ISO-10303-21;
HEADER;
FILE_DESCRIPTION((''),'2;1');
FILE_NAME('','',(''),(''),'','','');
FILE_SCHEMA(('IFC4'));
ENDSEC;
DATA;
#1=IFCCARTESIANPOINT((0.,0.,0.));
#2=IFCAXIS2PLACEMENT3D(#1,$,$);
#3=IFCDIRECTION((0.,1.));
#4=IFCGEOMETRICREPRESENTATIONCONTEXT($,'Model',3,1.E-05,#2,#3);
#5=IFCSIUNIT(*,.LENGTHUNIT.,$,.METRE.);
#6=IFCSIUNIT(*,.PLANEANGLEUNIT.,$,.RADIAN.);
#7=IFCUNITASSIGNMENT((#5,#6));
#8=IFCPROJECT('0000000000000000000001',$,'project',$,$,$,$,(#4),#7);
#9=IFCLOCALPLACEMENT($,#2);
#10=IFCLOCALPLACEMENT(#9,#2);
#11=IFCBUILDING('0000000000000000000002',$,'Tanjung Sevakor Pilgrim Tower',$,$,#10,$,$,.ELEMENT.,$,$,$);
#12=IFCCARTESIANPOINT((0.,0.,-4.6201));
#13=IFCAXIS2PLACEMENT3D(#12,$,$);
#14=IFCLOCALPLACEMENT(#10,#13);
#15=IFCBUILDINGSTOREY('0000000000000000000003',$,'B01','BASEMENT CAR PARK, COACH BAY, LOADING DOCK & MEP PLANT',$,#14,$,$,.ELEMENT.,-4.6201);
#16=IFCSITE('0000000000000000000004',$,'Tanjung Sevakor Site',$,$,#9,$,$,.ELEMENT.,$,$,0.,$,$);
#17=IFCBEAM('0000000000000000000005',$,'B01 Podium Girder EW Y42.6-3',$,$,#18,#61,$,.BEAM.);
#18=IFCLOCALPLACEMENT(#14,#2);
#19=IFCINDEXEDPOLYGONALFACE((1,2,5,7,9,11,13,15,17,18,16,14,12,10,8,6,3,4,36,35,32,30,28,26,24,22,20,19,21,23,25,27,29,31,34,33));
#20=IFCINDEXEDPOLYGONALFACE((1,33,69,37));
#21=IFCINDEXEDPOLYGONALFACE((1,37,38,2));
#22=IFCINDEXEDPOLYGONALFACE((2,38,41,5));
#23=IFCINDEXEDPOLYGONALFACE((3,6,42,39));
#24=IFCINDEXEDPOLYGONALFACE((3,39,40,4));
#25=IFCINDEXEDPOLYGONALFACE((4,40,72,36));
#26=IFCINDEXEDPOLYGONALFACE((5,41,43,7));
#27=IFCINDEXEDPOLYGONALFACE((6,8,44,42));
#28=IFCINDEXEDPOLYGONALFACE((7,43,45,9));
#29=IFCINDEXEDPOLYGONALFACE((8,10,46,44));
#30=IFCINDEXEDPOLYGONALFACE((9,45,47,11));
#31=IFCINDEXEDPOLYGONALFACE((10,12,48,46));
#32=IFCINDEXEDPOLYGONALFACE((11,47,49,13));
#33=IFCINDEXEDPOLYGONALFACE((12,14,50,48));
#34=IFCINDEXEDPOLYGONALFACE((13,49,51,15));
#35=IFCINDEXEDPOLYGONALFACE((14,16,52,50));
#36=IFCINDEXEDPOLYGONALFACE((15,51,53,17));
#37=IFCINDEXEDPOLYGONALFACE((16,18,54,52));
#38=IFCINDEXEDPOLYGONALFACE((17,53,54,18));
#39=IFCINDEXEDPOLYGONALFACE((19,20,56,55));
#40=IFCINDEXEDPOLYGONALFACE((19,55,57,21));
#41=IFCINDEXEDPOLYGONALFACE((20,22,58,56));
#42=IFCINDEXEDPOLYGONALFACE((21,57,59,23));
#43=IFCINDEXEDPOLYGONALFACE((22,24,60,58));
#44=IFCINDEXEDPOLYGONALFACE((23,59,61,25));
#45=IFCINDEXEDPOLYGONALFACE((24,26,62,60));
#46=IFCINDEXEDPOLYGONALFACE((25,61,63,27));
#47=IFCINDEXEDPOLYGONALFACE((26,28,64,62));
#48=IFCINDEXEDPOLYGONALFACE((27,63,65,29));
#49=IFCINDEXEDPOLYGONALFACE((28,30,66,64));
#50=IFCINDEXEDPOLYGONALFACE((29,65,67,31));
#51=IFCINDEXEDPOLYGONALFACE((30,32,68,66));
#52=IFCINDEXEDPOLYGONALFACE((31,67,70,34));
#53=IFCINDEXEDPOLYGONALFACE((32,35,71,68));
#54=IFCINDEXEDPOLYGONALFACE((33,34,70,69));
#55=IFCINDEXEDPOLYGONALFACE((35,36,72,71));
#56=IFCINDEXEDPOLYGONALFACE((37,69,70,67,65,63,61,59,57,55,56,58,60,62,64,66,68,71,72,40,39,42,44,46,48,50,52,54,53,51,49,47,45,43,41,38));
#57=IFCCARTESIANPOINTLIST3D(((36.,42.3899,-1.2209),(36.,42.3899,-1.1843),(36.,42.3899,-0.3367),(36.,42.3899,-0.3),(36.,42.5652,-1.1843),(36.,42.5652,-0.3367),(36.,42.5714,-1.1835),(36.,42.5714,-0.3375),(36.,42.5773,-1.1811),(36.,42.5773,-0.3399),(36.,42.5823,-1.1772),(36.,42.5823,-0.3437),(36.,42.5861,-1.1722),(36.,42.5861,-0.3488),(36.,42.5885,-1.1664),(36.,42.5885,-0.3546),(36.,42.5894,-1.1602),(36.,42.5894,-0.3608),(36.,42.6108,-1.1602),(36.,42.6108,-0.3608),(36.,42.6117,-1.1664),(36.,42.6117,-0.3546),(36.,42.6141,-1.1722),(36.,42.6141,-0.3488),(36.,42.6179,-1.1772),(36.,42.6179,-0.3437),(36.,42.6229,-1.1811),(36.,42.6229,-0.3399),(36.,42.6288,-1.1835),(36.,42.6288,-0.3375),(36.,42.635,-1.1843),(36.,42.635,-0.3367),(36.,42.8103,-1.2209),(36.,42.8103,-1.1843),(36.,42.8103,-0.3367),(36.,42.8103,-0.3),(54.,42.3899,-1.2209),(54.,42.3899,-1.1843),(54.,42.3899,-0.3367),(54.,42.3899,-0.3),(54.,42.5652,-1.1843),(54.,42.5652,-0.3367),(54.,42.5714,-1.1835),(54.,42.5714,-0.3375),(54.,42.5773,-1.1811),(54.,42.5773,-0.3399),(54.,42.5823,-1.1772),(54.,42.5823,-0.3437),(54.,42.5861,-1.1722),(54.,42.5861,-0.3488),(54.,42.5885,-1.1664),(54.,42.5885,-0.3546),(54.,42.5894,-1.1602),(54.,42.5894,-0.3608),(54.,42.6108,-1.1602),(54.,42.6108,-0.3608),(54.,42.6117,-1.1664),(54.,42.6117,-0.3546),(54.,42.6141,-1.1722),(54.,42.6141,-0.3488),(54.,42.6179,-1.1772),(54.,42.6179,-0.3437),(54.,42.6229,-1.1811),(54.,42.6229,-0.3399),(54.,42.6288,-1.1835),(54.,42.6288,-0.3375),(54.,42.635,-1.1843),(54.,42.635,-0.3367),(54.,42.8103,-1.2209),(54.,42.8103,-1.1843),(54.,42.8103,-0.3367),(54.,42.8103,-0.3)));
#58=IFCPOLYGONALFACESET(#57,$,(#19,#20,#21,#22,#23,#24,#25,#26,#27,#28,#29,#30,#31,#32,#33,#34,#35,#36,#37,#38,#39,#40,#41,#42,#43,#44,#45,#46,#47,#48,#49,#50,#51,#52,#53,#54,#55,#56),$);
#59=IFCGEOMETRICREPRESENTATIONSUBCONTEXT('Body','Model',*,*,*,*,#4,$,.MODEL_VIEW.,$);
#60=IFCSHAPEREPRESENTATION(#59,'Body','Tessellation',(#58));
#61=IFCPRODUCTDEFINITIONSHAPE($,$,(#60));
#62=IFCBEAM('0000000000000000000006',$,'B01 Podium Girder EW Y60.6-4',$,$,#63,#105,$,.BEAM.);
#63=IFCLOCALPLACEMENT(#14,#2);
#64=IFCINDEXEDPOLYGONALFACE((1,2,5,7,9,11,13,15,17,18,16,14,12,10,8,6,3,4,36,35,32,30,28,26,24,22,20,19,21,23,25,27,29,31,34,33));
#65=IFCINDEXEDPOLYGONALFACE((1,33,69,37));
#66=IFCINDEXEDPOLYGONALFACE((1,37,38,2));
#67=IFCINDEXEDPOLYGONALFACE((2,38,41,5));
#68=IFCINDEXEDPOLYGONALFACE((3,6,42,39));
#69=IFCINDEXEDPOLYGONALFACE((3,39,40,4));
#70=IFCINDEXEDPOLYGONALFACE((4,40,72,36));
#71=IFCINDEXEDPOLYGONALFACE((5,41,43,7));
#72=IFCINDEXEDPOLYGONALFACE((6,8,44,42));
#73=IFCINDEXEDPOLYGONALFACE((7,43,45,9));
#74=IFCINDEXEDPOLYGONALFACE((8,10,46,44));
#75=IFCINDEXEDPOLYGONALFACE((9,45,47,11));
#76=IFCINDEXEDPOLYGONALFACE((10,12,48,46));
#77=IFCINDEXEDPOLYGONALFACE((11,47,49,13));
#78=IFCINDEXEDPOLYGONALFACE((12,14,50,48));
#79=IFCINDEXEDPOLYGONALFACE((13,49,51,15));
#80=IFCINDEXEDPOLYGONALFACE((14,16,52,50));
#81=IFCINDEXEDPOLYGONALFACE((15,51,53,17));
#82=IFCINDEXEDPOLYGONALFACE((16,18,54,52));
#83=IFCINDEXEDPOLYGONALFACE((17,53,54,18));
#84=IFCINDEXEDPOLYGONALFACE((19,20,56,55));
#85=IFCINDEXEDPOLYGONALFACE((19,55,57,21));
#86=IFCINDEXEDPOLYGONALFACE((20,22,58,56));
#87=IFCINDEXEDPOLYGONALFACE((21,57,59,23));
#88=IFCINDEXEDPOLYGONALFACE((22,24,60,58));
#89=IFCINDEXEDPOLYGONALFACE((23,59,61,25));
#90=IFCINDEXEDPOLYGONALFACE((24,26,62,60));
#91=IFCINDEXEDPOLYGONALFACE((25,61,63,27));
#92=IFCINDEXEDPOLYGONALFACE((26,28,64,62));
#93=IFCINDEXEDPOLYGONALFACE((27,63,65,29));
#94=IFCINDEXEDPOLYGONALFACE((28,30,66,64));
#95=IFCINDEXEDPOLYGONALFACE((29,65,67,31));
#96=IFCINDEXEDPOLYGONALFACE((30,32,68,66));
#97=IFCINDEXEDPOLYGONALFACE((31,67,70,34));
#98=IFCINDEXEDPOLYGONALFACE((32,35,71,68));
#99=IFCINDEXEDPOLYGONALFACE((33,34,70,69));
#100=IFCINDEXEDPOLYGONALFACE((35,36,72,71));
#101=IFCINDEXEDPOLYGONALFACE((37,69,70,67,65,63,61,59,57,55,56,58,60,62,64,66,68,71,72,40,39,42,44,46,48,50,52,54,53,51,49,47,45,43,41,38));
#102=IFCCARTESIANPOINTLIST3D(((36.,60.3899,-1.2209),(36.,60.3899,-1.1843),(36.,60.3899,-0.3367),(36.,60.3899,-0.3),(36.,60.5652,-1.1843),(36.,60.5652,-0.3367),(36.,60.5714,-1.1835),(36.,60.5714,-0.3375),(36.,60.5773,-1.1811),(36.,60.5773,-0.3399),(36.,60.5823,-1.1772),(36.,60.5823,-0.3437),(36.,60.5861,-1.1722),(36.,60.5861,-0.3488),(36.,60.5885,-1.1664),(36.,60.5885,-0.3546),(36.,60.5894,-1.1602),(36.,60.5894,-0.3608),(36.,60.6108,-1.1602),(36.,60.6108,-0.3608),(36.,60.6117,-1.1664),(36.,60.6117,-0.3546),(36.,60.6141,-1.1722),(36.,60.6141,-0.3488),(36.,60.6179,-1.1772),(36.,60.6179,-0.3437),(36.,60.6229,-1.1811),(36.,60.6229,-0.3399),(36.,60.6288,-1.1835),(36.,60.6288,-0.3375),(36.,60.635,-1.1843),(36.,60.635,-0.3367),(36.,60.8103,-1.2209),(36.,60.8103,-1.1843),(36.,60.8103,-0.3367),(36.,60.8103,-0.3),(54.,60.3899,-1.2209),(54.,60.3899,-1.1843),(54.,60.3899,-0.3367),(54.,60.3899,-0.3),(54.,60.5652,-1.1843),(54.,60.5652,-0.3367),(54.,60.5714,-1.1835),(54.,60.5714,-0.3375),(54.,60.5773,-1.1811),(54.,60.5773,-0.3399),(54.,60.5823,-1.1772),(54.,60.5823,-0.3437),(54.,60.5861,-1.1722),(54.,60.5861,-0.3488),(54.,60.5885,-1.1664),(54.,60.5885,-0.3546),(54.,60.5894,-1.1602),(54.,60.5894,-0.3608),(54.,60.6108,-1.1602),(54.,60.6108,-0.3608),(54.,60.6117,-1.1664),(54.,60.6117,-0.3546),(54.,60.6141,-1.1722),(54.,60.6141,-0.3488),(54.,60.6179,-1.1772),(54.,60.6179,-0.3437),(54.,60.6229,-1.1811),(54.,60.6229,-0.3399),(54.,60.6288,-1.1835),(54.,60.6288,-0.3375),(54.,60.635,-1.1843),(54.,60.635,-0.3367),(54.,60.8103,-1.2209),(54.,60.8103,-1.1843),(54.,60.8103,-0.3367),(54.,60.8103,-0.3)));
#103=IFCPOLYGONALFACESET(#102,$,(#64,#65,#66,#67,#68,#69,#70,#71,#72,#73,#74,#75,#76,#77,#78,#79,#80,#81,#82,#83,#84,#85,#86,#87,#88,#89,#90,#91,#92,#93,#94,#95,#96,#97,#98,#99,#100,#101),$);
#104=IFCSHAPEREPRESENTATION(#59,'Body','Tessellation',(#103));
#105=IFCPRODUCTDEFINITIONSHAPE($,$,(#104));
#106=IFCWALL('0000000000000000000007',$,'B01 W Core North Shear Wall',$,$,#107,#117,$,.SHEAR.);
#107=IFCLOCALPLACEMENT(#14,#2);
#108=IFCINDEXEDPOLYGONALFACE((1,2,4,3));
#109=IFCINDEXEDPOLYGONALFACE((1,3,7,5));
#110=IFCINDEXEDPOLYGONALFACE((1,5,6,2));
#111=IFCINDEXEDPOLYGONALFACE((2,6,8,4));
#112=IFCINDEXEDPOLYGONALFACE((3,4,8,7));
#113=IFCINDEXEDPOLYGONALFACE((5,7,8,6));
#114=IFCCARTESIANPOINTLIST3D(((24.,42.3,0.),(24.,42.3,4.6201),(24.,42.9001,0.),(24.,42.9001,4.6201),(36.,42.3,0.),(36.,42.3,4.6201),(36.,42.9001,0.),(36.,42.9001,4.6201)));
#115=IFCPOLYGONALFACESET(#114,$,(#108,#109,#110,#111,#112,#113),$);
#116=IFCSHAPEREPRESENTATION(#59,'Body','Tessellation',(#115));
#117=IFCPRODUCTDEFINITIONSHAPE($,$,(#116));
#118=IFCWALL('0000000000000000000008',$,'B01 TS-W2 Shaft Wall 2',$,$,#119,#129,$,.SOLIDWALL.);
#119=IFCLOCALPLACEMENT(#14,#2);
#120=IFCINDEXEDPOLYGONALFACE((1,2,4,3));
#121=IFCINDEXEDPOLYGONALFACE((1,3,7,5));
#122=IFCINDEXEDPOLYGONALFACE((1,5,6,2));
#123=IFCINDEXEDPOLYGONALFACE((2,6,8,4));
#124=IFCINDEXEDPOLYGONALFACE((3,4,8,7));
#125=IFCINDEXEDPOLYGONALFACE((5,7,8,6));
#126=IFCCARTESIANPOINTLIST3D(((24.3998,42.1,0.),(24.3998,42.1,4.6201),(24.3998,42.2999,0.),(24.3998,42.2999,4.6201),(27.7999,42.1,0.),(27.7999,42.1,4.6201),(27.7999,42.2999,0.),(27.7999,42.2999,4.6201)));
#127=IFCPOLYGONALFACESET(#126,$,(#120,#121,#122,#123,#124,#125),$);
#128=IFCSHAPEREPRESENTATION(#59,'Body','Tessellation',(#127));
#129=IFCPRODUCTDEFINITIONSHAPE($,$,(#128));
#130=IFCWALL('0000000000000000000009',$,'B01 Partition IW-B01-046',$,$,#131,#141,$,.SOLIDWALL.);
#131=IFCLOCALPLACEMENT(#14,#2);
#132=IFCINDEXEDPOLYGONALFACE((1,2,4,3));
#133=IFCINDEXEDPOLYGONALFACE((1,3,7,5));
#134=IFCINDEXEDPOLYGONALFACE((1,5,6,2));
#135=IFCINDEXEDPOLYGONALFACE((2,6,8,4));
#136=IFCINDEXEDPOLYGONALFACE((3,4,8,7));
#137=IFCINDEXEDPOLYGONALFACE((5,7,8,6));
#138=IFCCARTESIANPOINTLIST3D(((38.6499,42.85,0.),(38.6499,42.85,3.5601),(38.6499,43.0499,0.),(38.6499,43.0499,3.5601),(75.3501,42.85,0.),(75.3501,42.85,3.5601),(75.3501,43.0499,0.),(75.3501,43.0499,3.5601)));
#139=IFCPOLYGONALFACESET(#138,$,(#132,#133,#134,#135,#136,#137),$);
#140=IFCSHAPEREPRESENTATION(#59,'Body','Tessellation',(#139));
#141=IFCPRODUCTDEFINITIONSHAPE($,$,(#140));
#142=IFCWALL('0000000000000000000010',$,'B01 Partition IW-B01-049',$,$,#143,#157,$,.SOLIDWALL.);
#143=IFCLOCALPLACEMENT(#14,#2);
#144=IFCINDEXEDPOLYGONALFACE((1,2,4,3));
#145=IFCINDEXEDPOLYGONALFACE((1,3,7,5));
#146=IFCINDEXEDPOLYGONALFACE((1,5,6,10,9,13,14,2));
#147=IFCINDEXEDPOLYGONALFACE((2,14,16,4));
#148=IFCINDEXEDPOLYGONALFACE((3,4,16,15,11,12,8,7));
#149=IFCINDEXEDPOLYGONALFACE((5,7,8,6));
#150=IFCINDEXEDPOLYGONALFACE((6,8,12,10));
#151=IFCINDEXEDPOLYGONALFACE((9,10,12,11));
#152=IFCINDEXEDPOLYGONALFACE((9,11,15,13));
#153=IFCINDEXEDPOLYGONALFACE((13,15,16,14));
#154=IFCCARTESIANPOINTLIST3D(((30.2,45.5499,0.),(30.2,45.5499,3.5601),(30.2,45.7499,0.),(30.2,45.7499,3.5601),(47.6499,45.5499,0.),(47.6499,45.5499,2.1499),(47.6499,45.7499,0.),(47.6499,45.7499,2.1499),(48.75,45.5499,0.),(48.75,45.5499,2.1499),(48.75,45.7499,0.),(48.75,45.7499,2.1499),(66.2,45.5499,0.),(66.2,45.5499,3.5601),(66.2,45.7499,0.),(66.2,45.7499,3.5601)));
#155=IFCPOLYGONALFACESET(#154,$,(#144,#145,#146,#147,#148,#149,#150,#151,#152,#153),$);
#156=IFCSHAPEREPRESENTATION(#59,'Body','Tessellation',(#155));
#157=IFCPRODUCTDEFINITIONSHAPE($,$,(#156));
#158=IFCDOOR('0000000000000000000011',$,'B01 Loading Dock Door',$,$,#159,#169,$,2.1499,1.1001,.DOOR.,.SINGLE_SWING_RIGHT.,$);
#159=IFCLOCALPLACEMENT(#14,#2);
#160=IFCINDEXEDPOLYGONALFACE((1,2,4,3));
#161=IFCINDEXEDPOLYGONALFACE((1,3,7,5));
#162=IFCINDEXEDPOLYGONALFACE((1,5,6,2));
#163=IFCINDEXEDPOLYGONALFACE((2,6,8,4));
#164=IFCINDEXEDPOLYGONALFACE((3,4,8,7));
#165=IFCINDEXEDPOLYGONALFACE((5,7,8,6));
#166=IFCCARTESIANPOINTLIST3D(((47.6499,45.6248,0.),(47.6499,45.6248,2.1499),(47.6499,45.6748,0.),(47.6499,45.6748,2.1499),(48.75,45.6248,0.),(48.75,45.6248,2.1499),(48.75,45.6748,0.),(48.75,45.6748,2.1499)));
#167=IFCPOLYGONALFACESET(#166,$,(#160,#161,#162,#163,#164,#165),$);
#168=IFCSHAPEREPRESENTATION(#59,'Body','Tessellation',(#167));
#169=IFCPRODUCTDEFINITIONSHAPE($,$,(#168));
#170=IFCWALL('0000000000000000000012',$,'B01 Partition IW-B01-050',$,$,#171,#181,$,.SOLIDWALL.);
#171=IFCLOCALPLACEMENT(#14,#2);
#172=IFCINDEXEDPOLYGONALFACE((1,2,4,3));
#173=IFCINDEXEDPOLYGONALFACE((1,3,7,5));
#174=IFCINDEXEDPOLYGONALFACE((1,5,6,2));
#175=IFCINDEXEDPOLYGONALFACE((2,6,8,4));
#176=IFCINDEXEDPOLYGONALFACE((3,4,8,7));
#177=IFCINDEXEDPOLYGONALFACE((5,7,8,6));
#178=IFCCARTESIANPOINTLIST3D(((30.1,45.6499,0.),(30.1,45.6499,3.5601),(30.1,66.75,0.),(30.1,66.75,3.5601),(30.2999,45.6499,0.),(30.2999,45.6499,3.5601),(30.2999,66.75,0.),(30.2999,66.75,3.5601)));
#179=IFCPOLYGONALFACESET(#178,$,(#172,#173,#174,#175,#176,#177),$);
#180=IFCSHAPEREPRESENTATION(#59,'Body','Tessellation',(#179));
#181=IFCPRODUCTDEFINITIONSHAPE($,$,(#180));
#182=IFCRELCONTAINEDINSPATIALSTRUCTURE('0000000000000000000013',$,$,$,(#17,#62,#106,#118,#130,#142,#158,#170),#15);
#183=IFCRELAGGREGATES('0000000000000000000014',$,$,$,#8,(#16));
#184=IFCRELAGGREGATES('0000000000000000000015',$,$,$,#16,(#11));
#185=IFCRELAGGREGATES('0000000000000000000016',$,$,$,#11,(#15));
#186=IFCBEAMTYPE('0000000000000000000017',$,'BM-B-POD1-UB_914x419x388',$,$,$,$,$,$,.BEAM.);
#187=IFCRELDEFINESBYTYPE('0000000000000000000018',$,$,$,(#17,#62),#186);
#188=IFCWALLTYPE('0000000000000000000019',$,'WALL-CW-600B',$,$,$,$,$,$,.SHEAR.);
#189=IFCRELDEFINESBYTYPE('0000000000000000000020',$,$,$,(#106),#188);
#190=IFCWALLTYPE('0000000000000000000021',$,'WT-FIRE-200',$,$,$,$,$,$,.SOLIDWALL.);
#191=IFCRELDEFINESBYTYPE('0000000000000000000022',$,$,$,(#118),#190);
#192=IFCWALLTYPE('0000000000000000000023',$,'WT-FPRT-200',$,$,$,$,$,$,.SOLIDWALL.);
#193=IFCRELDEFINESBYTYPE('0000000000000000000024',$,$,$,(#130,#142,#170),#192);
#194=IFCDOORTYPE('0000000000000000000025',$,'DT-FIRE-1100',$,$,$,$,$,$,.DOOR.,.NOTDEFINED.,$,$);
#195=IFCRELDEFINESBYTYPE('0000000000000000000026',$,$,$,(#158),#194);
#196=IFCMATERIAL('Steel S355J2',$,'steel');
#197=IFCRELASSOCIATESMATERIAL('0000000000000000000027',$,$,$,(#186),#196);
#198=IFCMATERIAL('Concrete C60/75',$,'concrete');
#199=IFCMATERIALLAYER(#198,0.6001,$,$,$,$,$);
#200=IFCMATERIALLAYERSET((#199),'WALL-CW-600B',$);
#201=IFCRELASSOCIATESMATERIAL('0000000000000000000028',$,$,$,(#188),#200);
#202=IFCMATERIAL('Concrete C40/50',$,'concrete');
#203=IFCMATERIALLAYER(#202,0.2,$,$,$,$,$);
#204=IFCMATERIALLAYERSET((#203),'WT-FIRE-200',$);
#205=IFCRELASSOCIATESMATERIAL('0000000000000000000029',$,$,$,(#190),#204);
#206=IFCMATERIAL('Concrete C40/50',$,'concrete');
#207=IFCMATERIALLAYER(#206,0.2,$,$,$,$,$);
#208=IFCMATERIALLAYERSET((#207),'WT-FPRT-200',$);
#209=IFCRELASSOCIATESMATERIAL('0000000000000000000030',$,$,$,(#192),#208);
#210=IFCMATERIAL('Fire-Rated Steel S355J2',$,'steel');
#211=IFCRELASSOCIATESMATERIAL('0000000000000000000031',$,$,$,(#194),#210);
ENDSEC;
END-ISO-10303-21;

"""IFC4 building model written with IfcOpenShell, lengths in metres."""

from ifc_helpers import new_model, si_unit, direction, frame, frame_2d, origin, origin_2d, place, context, subcontext, project, spatial, rectangle, i_section, extrude, material, layer, layer_set, material_profile, profile_set, type_object, element, fill, save


model = new_model("IFC4")

# Units and contexts
model_context = context("Model", 3, precision=1e-05, world=origin(), true_north=direction((0.0, 1.0)))
body_context = subcontext(model_context, "Body", "Model", "MODEL_VIEW")
ifc_project = project(units=[si_unit("LENGTHUNIT", "METRE"), si_unit("PLANEANGLEUNIT", "RADIAN")], contexts=[model_context])

# Site, building, storey
site_placement = place(None, origin())
site = spatial("IfcSite", under=ifc_project, at=site_placement, Name="Tanjung Sevakor Site", CompositionType="ELEMENT", RefElevation=0.0)
building_placement = place(site_placement, origin())
building = spatial("IfcBuilding", under=site, at=building_placement, Name="Tanjung Sevakor Pilgrim Tower", CompositionType="ELEMENT")
storey_placement = place(building_placement, frame((0.0, 0.0, -4.6201)))
storey = spatial("IfcBuildingStorey", under=building, at=storey_placement, Name="B01", Description="BASEMENT CAR PARK, COACH BAY, LOADING DOCK & MEP PLANT", CompositionType="ELEMENT", Elevation=-4.6201)

# Beams
ifc_material_1 = material(Name="Steel S355J2", Category="steel")
ifc_material_profile_1 = material_profile(ifc_material_1, i_section(OverallWidth=0.4204, OverallDepth=0.9209, WebThickness=0.0215, FlangeThickness=0.0366, FilletRadius=0.0242, at=origin_2d()))
ifc_profile_set_1 = profile_set([ifc_material_profile_1], Name="Steel S355J2")
beam_type_1 = type_object("IfcBeamType", Name="BM-B-POD1-UB_914x419x388", PredefinedType="BEAM", material=ifc_profile_set_1)
for number, where, z_axis, x_axis, name in (
    (1, (36.0, 42.6001, -0.7605), (1.0, 0.0, 0.0), (0.0, 1.0, 0.0), "B01 Podium Girder EW Y42.6-3"),
    (2, (36.0, 60.6001, -0.7605), (1.0, 0.0, 0.0), (0.0, 1.0, 0.0), "B01 Podium Girder EW Y60.6-4"),
):
    element("IfcBeam", number, at=place(storey_placement, frame(where, z_axis=z_axis, x_axis=x_axis)), inside=storey, type_object=beam_type_1, Name=name, PredefinedType="BEAM", context=body_context, shape_type="SweptSolid", body=[
        extrude(i_section(OverallWidth=0.4204, OverallDepth=0.9209, WebThickness=0.0215, FlangeThickness=0.0366, FilletRadius=0.0242, at=origin_2d()), origin(), (0.0, 0.0, 1.0), 18.0),
    ])

# Walls
ifc_material_2 = material(Name="Concrete C60/75", Category="concrete")
ifc_layer_1 = layer(ifc_material_2, 0.6001)
ifc_layer_set_1 = layer_set([ifc_layer_1], Name="WALL-CW-600B")
wall_type_1 = type_object("IfcWallType", Name="WALL-CW-600B", PredefinedType="SHEAR", material=ifc_layer_set_1)
wall_1_placement = place(storey_placement, frame((36.0, 42.6001, 0.0), z_axis=(0.0, 0.0, 1.0), x_axis=(-1.0, 0.0, 0.0)))
element("IfcWall", 3, at=wall_1_placement, inside=storey, type_object=wall_type_1, Name="B01 W Core North Shear Wall", PredefinedType="SHEAR", context=body_context, shape_type="SweptSolid", body=[
    extrude(rectangle(XDim=12.0, YDim=0.6001, at=frame_2d((6.0, 0.0))), origin(), (0.0, 0.0, 1.0), 4.6201),
])
ifc_material_3 = material(Name="Concrete C40/50", Category="concrete")
ifc_layer_2 = layer(ifc_material_3, 0.2)
ifc_layer_set_2 = layer_set([ifc_layer_2], Name="WT-FIRE-200")
wall_type_2 = type_object("IfcWallType", Name="WT-FIRE-200", PredefinedType="SOLIDWALL", material=ifc_layer_set_2)
wall_2_placement = place(storey_placement, frame((27.8, 42.2, 0.0), z_axis=(0.0, 0.0, 1.0), x_axis=(-1.0, 0.0, 0.0)))
element("IfcWall", 4, at=wall_2_placement, inside=storey, type_object=wall_type_2, Name="B01 TS-W2 Shaft Wall 2", PredefinedType="SOLIDWALL", context=body_context, shape_type="SweptSolid", body=[
    extrude(rectangle(XDim=3.4001, YDim=0.2, at=frame_2d((1.7002, 0.0))), origin(), (0.0, 0.0, 1.0), 4.6201),
])
ifc_material_4 = material(Name="Concrete C40/50", Category="concrete")
ifc_layer_3 = layer(ifc_material_4, 0.2)
ifc_layer_set_3 = layer_set([ifc_layer_3], Name="WT-FPRT-200")
wall_type_3 = type_object("IfcWallType", Name="WT-FPRT-200", PredefinedType="SOLIDWALL", material=ifc_layer_set_3)
wall_3_placement = place(storey_placement, frame((38.6499, 42.95, 0.0), z_axis=(0.0, 0.0, 1.0), x_axis=(1.0, 0.0, 0.0)))
element("IfcWall", 5, at=wall_3_placement, inside=storey, type_object=wall_type_3, Name="B01 Partition IW-B01-046", PredefinedType="SOLIDWALL", context=body_context, shape_type="SweptSolid", body=[
    extrude(rectangle(XDim=36.7002, YDim=0.2, at=frame_2d((18.3501, 0.0))), origin(), (0.0, 0.0, 1.0), 3.5601),
])

# Wall, opening, door
wall_4_placement = place(storey_placement, frame((30.2, 45.6499, 0.0), z_axis=(0.0, 0.0, 1.0), x_axis=(1.0, 0.0, 0.0)))
wall_4 = element("IfcWall", 6, at=wall_4_placement, inside=storey, type_object=wall_type_3, Name="B01 Partition IW-B01-049", PredefinedType="SOLIDWALL", context=body_context, shape_type="SweptSolid", body=[
    extrude(rectangle(XDim=36.0, YDim=0.2, at=frame_2d((18.0, 0.0))), origin(), (0.0, 0.0, 1.0), 3.5601),
])
opening_placement = place(wall_4_placement, frame((17.45, 0.0, 0.0)))
opening = element("IfcOpeningElement", 7, at=opening_placement, cuts=wall_4, PredefinedType="OPENING", context=body_context, shape_type="SweptSolid", body=[
    extrude(rectangle(XDim=1.1001, YDim=2.1499, at=frame_2d((0.55, 1.075))), frame((0.0, 0.1099, 0.0), z_axis=(0.0, -1.0, 0.0), x_axis=(1.0, 0.0, 0.0)), (0.0, 0.0, 1.0), 0.22),
])
ifc_material_5 = material(Name="Fire-Rated Steel S355J2", Category="steel")
door_type = type_object("IfcDoorType", Name="DT-FIRE-1100", OperationType="NOTDEFINED", PredefinedType="DOOR", material=ifc_material_5)
door_placement = place(opening_placement, origin())
door = element("IfcDoor", 8, at=door_placement, inside=storey, type_object=door_type, Name="B01 Loading Dock Door", OperationType="SINGLE_SWING_RIGHT", OverallHeight=2.1499, OverallWidth=1.1001, PredefinedType="DOOR", context=body_context, shape_type="SweptSolid", body=[
    extrude(rectangle(XDim=1.1001, YDim=2.1499, at=frame_2d((0.55, 1.075))), frame((0.0, 0.0249, 0.0), z_axis=(0.0, -1.0, 0.0), x_axis=(1.0, 0.0, 0.0)), (0.0, 0.0, 1.0), 0.05),
])
fill(opening, door)

# Wall
wall_5_placement = place(storey_placement, frame((30.2, 45.6499, 0.0), z_axis=(0.0, 0.0, 1.0), x_axis=(0.0, 1.0, 0.0)))
element("IfcWall", 9, at=wall_5_placement, inside=storey, type_object=wall_type_3, Name="B01 Partition IW-B01-050", PredefinedType="SOLIDWALL", context=body_context, shape_type="SweptSolid", body=[
    extrude(rectangle(XDim=21.1001, YDim=0.2, at=frame_2d((10.55, 0.0))), origin(), (0.0, 0.0, 1.0), 3.5601),
])

save(model, "model.ifc")
